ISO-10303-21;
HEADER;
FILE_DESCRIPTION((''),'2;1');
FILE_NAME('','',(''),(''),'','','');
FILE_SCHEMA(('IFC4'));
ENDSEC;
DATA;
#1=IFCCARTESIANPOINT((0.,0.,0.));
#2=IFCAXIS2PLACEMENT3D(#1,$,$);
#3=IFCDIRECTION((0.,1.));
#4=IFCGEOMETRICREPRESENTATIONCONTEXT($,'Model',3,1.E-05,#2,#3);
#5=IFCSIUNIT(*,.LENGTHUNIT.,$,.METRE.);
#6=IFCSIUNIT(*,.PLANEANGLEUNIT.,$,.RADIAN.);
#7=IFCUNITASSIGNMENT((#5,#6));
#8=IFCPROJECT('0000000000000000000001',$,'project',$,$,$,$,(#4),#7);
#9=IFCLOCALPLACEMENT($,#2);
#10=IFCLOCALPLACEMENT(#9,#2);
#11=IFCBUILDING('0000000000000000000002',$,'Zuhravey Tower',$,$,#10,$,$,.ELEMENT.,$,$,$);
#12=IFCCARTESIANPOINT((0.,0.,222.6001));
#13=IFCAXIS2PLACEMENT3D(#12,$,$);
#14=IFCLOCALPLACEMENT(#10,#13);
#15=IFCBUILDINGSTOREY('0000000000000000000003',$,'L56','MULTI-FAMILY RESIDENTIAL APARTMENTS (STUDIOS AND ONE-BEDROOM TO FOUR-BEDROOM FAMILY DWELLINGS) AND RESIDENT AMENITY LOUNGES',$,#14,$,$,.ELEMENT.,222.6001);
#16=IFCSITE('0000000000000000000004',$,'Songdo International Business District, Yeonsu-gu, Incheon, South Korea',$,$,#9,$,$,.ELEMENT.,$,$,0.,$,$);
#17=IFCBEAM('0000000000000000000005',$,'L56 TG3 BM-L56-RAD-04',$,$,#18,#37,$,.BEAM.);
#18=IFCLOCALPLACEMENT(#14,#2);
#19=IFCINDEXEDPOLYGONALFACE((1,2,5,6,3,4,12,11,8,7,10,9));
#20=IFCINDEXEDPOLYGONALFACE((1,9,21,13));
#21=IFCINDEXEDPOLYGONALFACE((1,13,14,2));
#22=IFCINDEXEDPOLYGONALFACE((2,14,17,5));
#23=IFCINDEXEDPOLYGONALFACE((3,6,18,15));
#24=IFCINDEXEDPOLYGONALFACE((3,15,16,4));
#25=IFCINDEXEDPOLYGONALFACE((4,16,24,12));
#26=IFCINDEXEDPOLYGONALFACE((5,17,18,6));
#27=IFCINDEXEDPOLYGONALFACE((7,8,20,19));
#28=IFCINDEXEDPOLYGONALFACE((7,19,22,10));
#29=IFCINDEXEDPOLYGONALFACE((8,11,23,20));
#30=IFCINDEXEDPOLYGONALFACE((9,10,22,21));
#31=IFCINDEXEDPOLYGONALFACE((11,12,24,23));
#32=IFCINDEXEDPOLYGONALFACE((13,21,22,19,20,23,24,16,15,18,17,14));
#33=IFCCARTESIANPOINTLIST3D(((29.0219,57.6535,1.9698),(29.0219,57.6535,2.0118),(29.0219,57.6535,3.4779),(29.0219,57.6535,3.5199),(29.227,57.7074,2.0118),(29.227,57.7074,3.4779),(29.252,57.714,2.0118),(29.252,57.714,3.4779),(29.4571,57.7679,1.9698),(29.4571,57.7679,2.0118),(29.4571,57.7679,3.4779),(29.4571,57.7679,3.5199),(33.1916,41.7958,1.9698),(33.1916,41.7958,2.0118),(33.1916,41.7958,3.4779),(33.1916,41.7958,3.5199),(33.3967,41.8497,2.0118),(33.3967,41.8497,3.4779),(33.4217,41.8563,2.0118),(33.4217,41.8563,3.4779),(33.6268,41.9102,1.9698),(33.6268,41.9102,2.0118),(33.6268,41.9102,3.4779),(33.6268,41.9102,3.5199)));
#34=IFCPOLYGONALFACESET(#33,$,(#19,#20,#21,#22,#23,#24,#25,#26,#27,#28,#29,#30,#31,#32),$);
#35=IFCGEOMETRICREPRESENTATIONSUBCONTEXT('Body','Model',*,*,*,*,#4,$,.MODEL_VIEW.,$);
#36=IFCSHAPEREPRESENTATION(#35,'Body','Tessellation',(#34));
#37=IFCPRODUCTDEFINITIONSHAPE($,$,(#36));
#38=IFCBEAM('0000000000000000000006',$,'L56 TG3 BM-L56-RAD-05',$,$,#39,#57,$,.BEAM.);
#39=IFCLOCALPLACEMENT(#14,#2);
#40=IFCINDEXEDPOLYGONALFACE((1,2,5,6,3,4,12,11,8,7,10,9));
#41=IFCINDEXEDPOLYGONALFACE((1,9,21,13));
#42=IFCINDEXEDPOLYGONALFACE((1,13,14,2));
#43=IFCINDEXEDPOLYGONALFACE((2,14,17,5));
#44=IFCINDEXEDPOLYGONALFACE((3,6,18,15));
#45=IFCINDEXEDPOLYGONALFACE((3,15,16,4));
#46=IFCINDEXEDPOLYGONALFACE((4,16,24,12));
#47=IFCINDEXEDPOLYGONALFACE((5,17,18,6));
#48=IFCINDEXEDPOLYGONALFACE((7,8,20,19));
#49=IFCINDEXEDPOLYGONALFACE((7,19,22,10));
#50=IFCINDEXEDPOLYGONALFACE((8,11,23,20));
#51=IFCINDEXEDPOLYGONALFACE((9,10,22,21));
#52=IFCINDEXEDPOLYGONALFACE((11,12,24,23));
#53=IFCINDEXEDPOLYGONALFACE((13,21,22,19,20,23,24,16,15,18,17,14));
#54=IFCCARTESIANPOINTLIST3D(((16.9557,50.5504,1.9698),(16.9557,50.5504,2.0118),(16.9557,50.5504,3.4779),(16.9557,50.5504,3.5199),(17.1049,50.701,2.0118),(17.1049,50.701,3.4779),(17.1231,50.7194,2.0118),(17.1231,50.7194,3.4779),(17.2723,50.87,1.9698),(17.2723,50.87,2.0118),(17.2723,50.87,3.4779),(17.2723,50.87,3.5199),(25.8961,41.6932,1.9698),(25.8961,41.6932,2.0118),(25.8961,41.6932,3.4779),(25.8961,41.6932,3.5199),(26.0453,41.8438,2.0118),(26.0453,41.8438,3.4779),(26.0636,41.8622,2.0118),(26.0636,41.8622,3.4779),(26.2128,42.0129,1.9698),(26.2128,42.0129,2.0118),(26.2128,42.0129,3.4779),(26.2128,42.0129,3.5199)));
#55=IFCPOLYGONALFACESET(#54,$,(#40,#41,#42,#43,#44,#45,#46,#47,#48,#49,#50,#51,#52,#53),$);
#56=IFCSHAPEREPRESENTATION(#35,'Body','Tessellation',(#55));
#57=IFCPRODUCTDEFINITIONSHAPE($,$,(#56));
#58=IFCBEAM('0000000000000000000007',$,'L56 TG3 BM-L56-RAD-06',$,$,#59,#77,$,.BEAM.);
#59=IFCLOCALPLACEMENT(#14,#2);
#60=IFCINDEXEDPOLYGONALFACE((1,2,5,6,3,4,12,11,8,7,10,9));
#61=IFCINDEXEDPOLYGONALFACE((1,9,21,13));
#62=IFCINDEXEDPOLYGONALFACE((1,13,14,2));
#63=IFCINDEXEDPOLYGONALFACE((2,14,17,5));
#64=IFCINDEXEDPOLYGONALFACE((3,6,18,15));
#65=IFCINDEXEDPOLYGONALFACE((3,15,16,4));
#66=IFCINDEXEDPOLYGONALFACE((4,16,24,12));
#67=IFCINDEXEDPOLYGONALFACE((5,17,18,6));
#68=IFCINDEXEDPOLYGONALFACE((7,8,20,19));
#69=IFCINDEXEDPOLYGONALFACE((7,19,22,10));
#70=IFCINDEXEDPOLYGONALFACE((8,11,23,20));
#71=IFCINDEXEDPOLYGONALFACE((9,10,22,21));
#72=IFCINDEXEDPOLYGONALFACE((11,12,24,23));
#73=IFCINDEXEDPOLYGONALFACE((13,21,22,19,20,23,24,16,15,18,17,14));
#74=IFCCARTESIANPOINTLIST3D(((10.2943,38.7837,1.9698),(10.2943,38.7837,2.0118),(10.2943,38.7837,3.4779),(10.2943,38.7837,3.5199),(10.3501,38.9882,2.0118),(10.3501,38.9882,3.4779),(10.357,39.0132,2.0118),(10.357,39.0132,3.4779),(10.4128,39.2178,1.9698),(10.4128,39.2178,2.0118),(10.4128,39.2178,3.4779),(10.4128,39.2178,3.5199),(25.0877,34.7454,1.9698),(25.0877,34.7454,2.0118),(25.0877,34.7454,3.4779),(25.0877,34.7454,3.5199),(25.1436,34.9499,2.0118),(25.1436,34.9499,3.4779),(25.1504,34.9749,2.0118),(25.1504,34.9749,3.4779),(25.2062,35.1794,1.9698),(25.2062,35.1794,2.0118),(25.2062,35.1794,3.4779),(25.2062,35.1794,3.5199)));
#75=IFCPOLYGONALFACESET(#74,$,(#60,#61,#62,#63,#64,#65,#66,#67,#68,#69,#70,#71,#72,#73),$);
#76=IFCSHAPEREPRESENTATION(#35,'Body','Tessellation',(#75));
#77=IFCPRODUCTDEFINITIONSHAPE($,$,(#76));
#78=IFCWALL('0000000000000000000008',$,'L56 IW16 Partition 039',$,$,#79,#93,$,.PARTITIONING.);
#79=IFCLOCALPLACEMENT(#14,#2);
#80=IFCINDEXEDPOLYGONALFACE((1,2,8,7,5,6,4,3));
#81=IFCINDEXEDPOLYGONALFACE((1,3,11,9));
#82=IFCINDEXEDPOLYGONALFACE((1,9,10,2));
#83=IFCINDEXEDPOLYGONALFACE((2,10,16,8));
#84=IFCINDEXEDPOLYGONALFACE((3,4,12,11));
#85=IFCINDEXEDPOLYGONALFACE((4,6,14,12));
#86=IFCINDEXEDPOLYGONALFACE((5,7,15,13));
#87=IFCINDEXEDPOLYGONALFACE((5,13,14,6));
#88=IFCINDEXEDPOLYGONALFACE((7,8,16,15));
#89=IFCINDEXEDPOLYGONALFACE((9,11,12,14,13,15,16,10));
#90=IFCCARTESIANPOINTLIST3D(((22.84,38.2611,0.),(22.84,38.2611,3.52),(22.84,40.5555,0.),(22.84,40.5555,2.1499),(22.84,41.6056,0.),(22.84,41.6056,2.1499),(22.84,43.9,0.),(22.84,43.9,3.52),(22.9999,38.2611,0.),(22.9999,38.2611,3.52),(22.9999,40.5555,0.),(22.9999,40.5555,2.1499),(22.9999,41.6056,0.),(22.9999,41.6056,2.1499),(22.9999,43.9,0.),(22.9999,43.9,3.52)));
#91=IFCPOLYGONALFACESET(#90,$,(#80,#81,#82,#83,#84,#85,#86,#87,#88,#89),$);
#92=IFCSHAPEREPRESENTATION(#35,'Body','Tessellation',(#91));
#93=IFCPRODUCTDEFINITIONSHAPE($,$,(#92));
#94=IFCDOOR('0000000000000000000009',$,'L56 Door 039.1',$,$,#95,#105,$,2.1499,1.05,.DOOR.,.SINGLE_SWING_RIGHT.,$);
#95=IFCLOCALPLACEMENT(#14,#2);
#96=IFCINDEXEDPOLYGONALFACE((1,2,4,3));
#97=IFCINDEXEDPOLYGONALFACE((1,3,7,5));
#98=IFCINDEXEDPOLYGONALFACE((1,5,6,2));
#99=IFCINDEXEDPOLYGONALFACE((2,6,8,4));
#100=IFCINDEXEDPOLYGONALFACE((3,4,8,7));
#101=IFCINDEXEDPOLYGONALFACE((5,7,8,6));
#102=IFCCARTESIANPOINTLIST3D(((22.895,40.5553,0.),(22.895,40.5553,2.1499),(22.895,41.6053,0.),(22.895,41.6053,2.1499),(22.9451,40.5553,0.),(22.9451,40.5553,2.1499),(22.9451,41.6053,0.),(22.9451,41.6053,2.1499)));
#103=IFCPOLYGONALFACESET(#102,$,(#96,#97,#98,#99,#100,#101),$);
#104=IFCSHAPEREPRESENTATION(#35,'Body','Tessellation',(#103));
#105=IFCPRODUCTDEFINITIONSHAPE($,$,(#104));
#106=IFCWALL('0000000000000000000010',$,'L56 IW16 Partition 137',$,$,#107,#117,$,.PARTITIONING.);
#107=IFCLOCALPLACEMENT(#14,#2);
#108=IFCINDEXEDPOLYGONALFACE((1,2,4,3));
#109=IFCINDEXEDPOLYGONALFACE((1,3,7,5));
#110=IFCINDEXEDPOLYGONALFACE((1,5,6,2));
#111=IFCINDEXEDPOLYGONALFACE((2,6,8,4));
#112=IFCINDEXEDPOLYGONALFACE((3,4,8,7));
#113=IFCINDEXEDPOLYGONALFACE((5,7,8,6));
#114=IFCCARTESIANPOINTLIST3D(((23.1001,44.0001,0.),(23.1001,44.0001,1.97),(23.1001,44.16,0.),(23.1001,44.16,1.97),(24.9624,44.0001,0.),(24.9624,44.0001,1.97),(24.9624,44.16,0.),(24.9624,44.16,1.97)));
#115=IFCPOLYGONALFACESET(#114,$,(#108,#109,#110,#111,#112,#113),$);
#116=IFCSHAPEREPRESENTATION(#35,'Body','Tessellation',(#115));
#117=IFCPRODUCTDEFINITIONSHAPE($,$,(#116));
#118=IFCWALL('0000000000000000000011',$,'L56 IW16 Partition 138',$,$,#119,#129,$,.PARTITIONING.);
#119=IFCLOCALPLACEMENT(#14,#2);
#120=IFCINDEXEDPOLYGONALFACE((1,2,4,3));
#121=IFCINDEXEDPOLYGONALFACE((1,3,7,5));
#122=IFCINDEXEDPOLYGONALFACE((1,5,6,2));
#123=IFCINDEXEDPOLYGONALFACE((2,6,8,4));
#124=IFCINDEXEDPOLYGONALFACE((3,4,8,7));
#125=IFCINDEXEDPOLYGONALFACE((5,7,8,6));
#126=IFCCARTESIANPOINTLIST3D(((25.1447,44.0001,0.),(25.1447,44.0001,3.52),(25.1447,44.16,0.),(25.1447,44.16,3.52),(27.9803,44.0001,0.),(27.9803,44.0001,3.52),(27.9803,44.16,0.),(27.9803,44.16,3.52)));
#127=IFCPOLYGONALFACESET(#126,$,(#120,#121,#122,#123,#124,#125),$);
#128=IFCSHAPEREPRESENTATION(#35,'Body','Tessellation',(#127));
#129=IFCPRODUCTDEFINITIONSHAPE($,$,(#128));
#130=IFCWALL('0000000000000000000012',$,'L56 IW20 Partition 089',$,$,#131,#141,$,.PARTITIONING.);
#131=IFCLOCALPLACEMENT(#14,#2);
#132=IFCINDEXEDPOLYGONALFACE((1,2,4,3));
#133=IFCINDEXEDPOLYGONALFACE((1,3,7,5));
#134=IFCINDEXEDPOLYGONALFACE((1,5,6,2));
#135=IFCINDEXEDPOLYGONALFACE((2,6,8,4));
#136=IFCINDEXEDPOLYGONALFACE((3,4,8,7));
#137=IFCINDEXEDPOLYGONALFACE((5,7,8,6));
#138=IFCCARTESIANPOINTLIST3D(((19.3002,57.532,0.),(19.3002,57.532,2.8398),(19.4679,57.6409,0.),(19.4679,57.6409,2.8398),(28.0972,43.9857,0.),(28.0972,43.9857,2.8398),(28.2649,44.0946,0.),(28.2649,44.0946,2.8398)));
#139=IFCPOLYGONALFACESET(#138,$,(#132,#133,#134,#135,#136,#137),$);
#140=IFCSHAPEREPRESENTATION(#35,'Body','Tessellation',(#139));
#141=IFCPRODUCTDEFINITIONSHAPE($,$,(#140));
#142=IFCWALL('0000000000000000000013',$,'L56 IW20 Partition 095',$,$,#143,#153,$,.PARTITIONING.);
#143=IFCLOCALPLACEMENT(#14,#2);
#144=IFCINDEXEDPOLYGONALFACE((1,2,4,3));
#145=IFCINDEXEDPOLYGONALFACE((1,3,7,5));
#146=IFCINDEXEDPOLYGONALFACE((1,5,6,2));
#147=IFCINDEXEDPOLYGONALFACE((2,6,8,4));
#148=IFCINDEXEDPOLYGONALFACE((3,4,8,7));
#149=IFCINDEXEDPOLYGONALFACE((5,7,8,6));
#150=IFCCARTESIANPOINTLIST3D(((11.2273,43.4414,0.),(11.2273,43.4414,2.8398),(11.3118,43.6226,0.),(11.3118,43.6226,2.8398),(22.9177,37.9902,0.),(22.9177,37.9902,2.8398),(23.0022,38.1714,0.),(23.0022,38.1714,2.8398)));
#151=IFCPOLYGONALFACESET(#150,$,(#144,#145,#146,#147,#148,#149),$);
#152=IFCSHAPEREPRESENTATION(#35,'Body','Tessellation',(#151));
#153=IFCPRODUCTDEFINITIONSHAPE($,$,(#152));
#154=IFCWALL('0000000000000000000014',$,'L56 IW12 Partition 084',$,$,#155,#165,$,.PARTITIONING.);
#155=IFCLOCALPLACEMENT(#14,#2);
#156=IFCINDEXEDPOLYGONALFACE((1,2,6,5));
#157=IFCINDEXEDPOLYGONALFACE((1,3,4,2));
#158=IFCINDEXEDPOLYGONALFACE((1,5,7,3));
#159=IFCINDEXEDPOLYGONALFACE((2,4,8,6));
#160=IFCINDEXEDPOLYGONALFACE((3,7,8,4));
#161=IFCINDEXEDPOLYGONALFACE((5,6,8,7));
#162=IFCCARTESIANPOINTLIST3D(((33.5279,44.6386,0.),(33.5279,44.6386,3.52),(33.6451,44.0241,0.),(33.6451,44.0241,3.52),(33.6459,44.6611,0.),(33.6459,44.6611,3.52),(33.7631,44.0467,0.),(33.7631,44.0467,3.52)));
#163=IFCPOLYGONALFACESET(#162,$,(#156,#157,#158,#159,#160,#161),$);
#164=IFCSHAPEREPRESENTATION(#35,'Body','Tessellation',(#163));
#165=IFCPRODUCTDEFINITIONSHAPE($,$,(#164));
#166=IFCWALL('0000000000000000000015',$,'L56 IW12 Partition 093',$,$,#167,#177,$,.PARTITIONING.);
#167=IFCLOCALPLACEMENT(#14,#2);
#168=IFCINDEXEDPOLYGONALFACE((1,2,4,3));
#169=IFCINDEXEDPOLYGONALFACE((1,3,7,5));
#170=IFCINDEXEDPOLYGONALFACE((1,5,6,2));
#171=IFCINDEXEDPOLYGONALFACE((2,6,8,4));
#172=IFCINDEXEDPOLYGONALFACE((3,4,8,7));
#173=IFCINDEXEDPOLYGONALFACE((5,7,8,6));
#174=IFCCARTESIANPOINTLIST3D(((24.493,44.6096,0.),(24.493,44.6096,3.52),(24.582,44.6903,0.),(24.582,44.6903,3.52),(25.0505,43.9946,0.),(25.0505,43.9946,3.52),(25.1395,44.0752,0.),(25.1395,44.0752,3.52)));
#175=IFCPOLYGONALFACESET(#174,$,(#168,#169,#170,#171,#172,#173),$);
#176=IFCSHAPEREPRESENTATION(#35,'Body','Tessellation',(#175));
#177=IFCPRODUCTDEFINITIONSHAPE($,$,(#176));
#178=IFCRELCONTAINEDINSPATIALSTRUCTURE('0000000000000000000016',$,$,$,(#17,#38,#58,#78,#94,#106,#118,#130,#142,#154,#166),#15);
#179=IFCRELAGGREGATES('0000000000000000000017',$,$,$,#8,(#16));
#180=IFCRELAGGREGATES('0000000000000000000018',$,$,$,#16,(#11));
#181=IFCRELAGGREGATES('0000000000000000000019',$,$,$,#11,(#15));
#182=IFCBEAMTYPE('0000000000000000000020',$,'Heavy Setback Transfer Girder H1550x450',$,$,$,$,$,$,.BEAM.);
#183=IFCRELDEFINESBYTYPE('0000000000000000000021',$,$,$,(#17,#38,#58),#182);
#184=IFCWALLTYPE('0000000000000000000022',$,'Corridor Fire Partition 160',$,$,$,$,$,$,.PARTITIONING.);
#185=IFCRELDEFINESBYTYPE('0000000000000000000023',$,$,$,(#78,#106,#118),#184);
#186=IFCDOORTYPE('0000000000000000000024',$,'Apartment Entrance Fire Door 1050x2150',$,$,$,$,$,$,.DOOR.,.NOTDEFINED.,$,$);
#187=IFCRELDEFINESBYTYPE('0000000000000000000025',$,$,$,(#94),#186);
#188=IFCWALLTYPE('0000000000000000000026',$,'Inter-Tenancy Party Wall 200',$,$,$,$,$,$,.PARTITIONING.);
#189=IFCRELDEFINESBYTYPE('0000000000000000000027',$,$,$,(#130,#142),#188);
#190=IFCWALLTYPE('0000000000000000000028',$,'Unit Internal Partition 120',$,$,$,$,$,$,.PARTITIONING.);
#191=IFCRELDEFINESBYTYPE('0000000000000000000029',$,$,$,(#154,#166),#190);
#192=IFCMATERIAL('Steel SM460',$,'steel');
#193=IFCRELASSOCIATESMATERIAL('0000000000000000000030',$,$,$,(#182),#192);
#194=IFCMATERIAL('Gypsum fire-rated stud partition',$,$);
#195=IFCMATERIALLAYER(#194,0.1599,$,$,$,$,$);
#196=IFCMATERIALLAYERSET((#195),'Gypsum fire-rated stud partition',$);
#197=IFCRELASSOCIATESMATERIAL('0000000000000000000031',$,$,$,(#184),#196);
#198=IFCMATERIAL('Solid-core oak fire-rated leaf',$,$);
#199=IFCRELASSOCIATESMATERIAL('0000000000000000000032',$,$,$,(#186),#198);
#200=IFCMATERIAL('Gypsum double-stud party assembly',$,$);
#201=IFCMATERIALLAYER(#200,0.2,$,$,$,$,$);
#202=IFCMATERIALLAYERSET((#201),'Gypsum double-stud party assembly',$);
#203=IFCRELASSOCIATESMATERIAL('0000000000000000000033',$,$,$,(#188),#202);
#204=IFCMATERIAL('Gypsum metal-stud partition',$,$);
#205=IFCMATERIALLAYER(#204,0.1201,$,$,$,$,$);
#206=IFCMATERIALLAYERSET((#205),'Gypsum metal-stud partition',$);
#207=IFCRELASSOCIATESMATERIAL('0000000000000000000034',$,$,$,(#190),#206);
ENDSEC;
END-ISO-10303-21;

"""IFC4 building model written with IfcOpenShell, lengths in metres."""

from ifc_helpers import new_model, si_unit, direction, frame, frame_2d, origin, origin_2d, place, context, subcontext, project, spatial, rectangle, i_section, extrude, material, layer, layer_set, material_profile, profile_set, type_object, element, fill, save


model = new_model("IFC4")

# Units and contexts
model_context = context("Model", 3, precision=1e-05, world=origin(), true_north=direction((0.0, 1.0)))
body_context = subcontext(model_context, "Body", "Model", "MODEL_VIEW")
ifc_project = project(units=[si_unit("LENGTHUNIT", "METRE"), si_unit("PLANEANGLEUNIT", "RADIAN")], contexts=[model_context])

# Site, building, storey
site_placement = place(None, origin())
site = spatial("IfcSite", under=ifc_project, at=site_placement, Name="Songdo International Business District, Yeonsu-gu, Incheon, South Korea", CompositionType="ELEMENT", RefElevation=0.0)
building_placement = place(site_placement, origin())
building = spatial("IfcBuilding", under=site, at=building_placement, Name="Zuhravey Tower", CompositionType="ELEMENT")
storey_placement = place(building_placement, frame((0.0, 0.0, 222.6001)))
storey = spatial("IfcBuildingStorey", under=building, at=storey_placement, Name="L56", Description="MULTI-FAMILY RESIDENTIAL APARTMENTS (STUDIOS AND ONE-BEDROOM TO FOUR-BEDROOM FAMILY DWELLINGS) AND RESIDENT AMENITY LOUNGES", CompositionType="ELEMENT", Elevation=222.6001)

# Beams
ifc_material_1 = material(Name="Steel SM460", Category="steel")
ifc_material_profile = material_profile(ifc_material_1, i_section(OverallWidth=0.45, OverallDepth=1.55, WebThickness=0.0259, FlangeThickness=0.042, at=origin_2d()), Name="H-1550x450x26x42")
ifc_profile_set = profile_set([ifc_material_profile], Name="Steel SM460")
beam_type = type_object("IfcBeamType", Name="Heavy Setback Transfer Girder H1550x450", PredefinedType="BEAM", material=ifc_profile_set)
beam_1_placement = place(storey_placement, frame((33.4092, 41.853, 2.7449), z_axis=(-0.2543, 0.967125, 0.0), x_axis=(-0.967125, -0.2543, 0.0)))
element("IfcBeam", 1, at=beam_1_placement, inside=storey, type_object=beam_type, Name="L56 TG3 BM-L56-RAD-04", PredefinedType="BEAM", context=body_context, shape_type="SweptSolid", body=[
    extrude(i_section(OverallWidth=0.45, OverallDepth=1.55, WebThickness=0.0259, FlangeThickness=0.042, at=origin_2d()), origin(), (0.0, 0.0, 1.0), 16.3967),
])
beam_2_placement = place(storey_placement, frame((26.0544, 41.853, 2.7449), z_axis=(-0.710407, 0.703791, 0.0), x_axis=(-0.703791, -0.710407, 0.0)))
element("IfcBeam", 2, at=beam_2_placement, inside=storey, type_object=beam_type, Name="L56 TG3 BM-L56-RAD-05", PredefinedType="BEAM", context=body_context, shape_type="SweptSolid", body=[
    extrude(i_section(OverallWidth=0.45, OverallDepth=1.55, WebThickness=0.0259, FlangeThickness=0.042, at=origin_2d()), origin(), (0.0, 0.0, 1.0), 12.585),
])
beam_3_placement = place(storey_placement, frame((25.147, 34.9624, 2.7449), z_axis=(-0.964702, 0.263345, 0.0), x_axis=(-0.263345, -0.964702, 0.0)))
element("IfcBeam", 3, at=beam_3_placement, inside=storey, type_object=beam_type, Name="L56 TG3 BM-L56-RAD-06", PredefinedType="BEAM", context=body_context, shape_type="SweptSolid", body=[
    extrude(i_section(OverallWidth=0.45, OverallDepth=1.55, WebThickness=0.0259, FlangeThickness=0.042, at=origin_2d()), origin(), (0.0, 0.0, 1.0), 15.3347),
])

# Wall, opening, door
ifc_material_2 = material(Name="Gypsum fire-rated stud partition")
ifc_layer_1 = layer(ifc_material_2, 0.1599)
ifc_layer_set_1 = layer_set([ifc_layer_1], Name="Gypsum fire-rated stud partition")
wall_type_1 = type_object("IfcWallType", Name="Corridor Fire Partition 160", PredefinedType="PARTITIONING", material=ifc_layer_set_1)
wall_1_placement = place(storey_placement, frame((22.9199, 43.8999, 0.0), z_axis=(0.0, 0.0, 1.0), x_axis=(0.0, -1.0, 0.0)))
wall_1 = element("IfcWall", 4, at=wall_1_placement, inside=storey, type_object=wall_type_1, Name="L56 IW16 Partition 039", PredefinedType="PARTITIONING", context=body_context, shape_type="SweptSolid", body=[
    extrude(rectangle(XDim=5.6389, YDim=0.1599, at=frame_2d((2.8193, 0.0))), origin(), (0.0, 0.0, 1.0), 3.52),
])
opening_1_placement = place(wall_1_placement, frame((2.2944, 0.0, 0.0)))
opening_1 = element("IfcOpeningElement", 5, at=opening_1_placement, cuts=wall_1, PredefinedType="OPENING", context=body_context, shape_type="SweptSolid", body=[
    extrude(rectangle(XDim=1.05, YDim=2.1499, at=frame_2d((0.5249, 1.075))), frame((0.0, 0.092, 0.0), z_axis=(0.0, -1.0, 0.0), x_axis=(1.0, 0.0, 0.0)), (0.0, 0.0, 1.0), 0.1838),
])
ifc_material_3 = material(Name="Solid-core oak fire-rated leaf")
door_type = type_object("IfcDoorType", Name="Apartment Entrance Fire Door 1050x2150", OperationType="NOTDEFINED", PredefinedType="DOOR", material=ifc_material_3)
door_1_placement = place(opening_1_placement, frame((1.05, 0.0, 0.0), z_axis=(0.0, 0.0, 1.0), x_axis=(-1.0, 0.0, 0.0)))
door_1 = element("IfcDoor", 6, at=door_1_placement, inside=storey, type_object=door_type, Name="L56 Door 039.1", OperationType="SINGLE_SWING_RIGHT", OverallHeight=2.1499, OverallWidth=1.05, PredefinedType="DOOR", context=body_context, shape_type="SweptSolid", body=[
    extrude(rectangle(XDim=1.05, YDim=2.1499, at=frame_2d((0.5249, 1.075))), frame((0.0, 0.0249, 0.0), z_axis=(0.0, -1.0, 0.0), x_axis=(1.0, 0.0, 0.0)), (0.0, 0.0, 1.0), 0.05),
])
fill(opening_1, door_1)

# Walls
wall_2_placement = place(storey_placement, frame((24.9624, 44.0801, 0.0), z_axis=(0.0, 0.0, 1.0), x_axis=(-1.0, 0.0, 0.0)))
element("IfcWall", 7, at=wall_2_placement, inside=storey, type_object=wall_type_1, Name="L56 IW16 Partition 137", PredefinedType="PARTITIONING", context=body_context, shape_type="SweptSolid", body=[
    extrude(rectangle(XDim=1.8623, YDim=0.1599, at=frame_2d((0.9312, 0.0))), origin(), (0.0, 0.0, 1.0), 1.97),
])
wall_3_placement = place(storey_placement, frame((27.9805, 44.0801, 0.0), z_axis=(0.0, 0.0, 1.0), x_axis=(-1.0, 0.0, 0.0)))
element("IfcWall", 8, at=wall_3_placement, inside=storey, type_object=wall_type_1, Name="L56 IW16 Partition 138", PredefinedType="PARTITIONING", context=body_context, shape_type="SweptSolid", body=[
    extrude(rectangle(XDim=2.8357, YDim=0.1599, at=frame_2d((1.418, 0.0))), origin(), (0.0, 0.0, 1.0), 3.52),
])
ifc_material_4 = material(Name="Gypsum double-stud party assembly")
ifc_layer_2 = layer(ifc_material_4, 0.2)
ifc_layer_set_2 = layer_set([ifc_layer_2], Name="Gypsum double-stud party assembly")
wall_type_2 = type_object("IfcWallType", Name="Inter-Tenancy Party Wall 200", PredefinedType="PARTITIONING", material=ifc_layer_set_2)
wall_4_placement = place(storey_placement, frame((28.1812, 44.04, 0.0), z_axis=(0.0, 0.0, 1.0), x_axis=(-0.544639, 0.838671, 0.0)))
element("IfcWall", 9, at=wall_4_placement, inside=storey, type_object=wall_type_2, Name="L56 IW20 Partition 089", PredefinedType="PARTITIONING", context=body_context, shape_type="SweptSolid", body=[
    extrude(rectangle(XDim=16.1521, YDim=0.2, at=frame_2d((8.0762, 0.0))), origin(), (0.0, 0.0, 1.0), 2.8398),
])
wall_5_placement = place(storey_placement, frame((22.96, 38.0808, 0.0), z_axis=(0.0, 0.0, 1.0), x_axis=(-0.906313, 0.422608, 0.0)))
element("IfcWall", 10, at=wall_5_placement, inside=storey, type_object=wall_type_2, Name="L56 IW20 Partition 095", PredefinedType="PARTITIONING", context=body_context, shape_type="SweptSolid", body=[
    extrude(rectangle(XDim=12.8989, YDim=0.2, at=frame_2d((6.4495, 0.0))), origin(), (0.0, 0.0, 1.0), 2.8398),
])
ifc_material_5 = material(Name="Gypsum metal-stud partition")
ifc_layer_3 = layer(ifc_material_5, 0.1201)
ifc_layer_set_3 = layer_set([ifc_layer_3], Name="Gypsum metal-stud partition")
wall_type_3 = type_object("IfcWallType", Name="Unit Internal Partition 120", PredefinedType="PARTITIONING", material=ifc_layer_set_3)
wall_6_placement = place(storey_placement, frame((33.7041, 44.0354, 0.0), z_axis=(0.0, 0.0, 1.0), x_axis=(-0.187327, 0.982298, 0.0)))
element("IfcWall", 11, at=wall_6_placement, inside=storey, type_object=wall_type_3, Name="L56 IW12 Partition 084", PredefinedType="PARTITIONING", context=body_context, shape_type="SweptSolid", body=[
    extrude(rectangle(XDim=0.6255, YDim=0.1201, at=frame_2d((0.3127, 0.0))), origin(), (0.0, 0.0, 1.0), 3.52),
])
wall_7_placement = place(storey_placement, frame((25.095, 44.0349, 0.0), z_axis=(0.0, 0.0, 1.0), x_axis=(-0.671545, 0.740964, 0.0)))
element("IfcWall", 12, at=wall_7_placement, inside=storey, type_object=wall_type_3, Name="L56 IW12 Partition 093", PredefinedType="PARTITIONING", context=body_context, shape_type="SweptSolid", body=[
    extrude(rectangle(XDim=0.8301, YDim=0.1201, at=frame_2d((0.415, 0.0))), origin(), (0.0, 0.0, 1.0), 3.52),
])

save(model, "model.ifc")
